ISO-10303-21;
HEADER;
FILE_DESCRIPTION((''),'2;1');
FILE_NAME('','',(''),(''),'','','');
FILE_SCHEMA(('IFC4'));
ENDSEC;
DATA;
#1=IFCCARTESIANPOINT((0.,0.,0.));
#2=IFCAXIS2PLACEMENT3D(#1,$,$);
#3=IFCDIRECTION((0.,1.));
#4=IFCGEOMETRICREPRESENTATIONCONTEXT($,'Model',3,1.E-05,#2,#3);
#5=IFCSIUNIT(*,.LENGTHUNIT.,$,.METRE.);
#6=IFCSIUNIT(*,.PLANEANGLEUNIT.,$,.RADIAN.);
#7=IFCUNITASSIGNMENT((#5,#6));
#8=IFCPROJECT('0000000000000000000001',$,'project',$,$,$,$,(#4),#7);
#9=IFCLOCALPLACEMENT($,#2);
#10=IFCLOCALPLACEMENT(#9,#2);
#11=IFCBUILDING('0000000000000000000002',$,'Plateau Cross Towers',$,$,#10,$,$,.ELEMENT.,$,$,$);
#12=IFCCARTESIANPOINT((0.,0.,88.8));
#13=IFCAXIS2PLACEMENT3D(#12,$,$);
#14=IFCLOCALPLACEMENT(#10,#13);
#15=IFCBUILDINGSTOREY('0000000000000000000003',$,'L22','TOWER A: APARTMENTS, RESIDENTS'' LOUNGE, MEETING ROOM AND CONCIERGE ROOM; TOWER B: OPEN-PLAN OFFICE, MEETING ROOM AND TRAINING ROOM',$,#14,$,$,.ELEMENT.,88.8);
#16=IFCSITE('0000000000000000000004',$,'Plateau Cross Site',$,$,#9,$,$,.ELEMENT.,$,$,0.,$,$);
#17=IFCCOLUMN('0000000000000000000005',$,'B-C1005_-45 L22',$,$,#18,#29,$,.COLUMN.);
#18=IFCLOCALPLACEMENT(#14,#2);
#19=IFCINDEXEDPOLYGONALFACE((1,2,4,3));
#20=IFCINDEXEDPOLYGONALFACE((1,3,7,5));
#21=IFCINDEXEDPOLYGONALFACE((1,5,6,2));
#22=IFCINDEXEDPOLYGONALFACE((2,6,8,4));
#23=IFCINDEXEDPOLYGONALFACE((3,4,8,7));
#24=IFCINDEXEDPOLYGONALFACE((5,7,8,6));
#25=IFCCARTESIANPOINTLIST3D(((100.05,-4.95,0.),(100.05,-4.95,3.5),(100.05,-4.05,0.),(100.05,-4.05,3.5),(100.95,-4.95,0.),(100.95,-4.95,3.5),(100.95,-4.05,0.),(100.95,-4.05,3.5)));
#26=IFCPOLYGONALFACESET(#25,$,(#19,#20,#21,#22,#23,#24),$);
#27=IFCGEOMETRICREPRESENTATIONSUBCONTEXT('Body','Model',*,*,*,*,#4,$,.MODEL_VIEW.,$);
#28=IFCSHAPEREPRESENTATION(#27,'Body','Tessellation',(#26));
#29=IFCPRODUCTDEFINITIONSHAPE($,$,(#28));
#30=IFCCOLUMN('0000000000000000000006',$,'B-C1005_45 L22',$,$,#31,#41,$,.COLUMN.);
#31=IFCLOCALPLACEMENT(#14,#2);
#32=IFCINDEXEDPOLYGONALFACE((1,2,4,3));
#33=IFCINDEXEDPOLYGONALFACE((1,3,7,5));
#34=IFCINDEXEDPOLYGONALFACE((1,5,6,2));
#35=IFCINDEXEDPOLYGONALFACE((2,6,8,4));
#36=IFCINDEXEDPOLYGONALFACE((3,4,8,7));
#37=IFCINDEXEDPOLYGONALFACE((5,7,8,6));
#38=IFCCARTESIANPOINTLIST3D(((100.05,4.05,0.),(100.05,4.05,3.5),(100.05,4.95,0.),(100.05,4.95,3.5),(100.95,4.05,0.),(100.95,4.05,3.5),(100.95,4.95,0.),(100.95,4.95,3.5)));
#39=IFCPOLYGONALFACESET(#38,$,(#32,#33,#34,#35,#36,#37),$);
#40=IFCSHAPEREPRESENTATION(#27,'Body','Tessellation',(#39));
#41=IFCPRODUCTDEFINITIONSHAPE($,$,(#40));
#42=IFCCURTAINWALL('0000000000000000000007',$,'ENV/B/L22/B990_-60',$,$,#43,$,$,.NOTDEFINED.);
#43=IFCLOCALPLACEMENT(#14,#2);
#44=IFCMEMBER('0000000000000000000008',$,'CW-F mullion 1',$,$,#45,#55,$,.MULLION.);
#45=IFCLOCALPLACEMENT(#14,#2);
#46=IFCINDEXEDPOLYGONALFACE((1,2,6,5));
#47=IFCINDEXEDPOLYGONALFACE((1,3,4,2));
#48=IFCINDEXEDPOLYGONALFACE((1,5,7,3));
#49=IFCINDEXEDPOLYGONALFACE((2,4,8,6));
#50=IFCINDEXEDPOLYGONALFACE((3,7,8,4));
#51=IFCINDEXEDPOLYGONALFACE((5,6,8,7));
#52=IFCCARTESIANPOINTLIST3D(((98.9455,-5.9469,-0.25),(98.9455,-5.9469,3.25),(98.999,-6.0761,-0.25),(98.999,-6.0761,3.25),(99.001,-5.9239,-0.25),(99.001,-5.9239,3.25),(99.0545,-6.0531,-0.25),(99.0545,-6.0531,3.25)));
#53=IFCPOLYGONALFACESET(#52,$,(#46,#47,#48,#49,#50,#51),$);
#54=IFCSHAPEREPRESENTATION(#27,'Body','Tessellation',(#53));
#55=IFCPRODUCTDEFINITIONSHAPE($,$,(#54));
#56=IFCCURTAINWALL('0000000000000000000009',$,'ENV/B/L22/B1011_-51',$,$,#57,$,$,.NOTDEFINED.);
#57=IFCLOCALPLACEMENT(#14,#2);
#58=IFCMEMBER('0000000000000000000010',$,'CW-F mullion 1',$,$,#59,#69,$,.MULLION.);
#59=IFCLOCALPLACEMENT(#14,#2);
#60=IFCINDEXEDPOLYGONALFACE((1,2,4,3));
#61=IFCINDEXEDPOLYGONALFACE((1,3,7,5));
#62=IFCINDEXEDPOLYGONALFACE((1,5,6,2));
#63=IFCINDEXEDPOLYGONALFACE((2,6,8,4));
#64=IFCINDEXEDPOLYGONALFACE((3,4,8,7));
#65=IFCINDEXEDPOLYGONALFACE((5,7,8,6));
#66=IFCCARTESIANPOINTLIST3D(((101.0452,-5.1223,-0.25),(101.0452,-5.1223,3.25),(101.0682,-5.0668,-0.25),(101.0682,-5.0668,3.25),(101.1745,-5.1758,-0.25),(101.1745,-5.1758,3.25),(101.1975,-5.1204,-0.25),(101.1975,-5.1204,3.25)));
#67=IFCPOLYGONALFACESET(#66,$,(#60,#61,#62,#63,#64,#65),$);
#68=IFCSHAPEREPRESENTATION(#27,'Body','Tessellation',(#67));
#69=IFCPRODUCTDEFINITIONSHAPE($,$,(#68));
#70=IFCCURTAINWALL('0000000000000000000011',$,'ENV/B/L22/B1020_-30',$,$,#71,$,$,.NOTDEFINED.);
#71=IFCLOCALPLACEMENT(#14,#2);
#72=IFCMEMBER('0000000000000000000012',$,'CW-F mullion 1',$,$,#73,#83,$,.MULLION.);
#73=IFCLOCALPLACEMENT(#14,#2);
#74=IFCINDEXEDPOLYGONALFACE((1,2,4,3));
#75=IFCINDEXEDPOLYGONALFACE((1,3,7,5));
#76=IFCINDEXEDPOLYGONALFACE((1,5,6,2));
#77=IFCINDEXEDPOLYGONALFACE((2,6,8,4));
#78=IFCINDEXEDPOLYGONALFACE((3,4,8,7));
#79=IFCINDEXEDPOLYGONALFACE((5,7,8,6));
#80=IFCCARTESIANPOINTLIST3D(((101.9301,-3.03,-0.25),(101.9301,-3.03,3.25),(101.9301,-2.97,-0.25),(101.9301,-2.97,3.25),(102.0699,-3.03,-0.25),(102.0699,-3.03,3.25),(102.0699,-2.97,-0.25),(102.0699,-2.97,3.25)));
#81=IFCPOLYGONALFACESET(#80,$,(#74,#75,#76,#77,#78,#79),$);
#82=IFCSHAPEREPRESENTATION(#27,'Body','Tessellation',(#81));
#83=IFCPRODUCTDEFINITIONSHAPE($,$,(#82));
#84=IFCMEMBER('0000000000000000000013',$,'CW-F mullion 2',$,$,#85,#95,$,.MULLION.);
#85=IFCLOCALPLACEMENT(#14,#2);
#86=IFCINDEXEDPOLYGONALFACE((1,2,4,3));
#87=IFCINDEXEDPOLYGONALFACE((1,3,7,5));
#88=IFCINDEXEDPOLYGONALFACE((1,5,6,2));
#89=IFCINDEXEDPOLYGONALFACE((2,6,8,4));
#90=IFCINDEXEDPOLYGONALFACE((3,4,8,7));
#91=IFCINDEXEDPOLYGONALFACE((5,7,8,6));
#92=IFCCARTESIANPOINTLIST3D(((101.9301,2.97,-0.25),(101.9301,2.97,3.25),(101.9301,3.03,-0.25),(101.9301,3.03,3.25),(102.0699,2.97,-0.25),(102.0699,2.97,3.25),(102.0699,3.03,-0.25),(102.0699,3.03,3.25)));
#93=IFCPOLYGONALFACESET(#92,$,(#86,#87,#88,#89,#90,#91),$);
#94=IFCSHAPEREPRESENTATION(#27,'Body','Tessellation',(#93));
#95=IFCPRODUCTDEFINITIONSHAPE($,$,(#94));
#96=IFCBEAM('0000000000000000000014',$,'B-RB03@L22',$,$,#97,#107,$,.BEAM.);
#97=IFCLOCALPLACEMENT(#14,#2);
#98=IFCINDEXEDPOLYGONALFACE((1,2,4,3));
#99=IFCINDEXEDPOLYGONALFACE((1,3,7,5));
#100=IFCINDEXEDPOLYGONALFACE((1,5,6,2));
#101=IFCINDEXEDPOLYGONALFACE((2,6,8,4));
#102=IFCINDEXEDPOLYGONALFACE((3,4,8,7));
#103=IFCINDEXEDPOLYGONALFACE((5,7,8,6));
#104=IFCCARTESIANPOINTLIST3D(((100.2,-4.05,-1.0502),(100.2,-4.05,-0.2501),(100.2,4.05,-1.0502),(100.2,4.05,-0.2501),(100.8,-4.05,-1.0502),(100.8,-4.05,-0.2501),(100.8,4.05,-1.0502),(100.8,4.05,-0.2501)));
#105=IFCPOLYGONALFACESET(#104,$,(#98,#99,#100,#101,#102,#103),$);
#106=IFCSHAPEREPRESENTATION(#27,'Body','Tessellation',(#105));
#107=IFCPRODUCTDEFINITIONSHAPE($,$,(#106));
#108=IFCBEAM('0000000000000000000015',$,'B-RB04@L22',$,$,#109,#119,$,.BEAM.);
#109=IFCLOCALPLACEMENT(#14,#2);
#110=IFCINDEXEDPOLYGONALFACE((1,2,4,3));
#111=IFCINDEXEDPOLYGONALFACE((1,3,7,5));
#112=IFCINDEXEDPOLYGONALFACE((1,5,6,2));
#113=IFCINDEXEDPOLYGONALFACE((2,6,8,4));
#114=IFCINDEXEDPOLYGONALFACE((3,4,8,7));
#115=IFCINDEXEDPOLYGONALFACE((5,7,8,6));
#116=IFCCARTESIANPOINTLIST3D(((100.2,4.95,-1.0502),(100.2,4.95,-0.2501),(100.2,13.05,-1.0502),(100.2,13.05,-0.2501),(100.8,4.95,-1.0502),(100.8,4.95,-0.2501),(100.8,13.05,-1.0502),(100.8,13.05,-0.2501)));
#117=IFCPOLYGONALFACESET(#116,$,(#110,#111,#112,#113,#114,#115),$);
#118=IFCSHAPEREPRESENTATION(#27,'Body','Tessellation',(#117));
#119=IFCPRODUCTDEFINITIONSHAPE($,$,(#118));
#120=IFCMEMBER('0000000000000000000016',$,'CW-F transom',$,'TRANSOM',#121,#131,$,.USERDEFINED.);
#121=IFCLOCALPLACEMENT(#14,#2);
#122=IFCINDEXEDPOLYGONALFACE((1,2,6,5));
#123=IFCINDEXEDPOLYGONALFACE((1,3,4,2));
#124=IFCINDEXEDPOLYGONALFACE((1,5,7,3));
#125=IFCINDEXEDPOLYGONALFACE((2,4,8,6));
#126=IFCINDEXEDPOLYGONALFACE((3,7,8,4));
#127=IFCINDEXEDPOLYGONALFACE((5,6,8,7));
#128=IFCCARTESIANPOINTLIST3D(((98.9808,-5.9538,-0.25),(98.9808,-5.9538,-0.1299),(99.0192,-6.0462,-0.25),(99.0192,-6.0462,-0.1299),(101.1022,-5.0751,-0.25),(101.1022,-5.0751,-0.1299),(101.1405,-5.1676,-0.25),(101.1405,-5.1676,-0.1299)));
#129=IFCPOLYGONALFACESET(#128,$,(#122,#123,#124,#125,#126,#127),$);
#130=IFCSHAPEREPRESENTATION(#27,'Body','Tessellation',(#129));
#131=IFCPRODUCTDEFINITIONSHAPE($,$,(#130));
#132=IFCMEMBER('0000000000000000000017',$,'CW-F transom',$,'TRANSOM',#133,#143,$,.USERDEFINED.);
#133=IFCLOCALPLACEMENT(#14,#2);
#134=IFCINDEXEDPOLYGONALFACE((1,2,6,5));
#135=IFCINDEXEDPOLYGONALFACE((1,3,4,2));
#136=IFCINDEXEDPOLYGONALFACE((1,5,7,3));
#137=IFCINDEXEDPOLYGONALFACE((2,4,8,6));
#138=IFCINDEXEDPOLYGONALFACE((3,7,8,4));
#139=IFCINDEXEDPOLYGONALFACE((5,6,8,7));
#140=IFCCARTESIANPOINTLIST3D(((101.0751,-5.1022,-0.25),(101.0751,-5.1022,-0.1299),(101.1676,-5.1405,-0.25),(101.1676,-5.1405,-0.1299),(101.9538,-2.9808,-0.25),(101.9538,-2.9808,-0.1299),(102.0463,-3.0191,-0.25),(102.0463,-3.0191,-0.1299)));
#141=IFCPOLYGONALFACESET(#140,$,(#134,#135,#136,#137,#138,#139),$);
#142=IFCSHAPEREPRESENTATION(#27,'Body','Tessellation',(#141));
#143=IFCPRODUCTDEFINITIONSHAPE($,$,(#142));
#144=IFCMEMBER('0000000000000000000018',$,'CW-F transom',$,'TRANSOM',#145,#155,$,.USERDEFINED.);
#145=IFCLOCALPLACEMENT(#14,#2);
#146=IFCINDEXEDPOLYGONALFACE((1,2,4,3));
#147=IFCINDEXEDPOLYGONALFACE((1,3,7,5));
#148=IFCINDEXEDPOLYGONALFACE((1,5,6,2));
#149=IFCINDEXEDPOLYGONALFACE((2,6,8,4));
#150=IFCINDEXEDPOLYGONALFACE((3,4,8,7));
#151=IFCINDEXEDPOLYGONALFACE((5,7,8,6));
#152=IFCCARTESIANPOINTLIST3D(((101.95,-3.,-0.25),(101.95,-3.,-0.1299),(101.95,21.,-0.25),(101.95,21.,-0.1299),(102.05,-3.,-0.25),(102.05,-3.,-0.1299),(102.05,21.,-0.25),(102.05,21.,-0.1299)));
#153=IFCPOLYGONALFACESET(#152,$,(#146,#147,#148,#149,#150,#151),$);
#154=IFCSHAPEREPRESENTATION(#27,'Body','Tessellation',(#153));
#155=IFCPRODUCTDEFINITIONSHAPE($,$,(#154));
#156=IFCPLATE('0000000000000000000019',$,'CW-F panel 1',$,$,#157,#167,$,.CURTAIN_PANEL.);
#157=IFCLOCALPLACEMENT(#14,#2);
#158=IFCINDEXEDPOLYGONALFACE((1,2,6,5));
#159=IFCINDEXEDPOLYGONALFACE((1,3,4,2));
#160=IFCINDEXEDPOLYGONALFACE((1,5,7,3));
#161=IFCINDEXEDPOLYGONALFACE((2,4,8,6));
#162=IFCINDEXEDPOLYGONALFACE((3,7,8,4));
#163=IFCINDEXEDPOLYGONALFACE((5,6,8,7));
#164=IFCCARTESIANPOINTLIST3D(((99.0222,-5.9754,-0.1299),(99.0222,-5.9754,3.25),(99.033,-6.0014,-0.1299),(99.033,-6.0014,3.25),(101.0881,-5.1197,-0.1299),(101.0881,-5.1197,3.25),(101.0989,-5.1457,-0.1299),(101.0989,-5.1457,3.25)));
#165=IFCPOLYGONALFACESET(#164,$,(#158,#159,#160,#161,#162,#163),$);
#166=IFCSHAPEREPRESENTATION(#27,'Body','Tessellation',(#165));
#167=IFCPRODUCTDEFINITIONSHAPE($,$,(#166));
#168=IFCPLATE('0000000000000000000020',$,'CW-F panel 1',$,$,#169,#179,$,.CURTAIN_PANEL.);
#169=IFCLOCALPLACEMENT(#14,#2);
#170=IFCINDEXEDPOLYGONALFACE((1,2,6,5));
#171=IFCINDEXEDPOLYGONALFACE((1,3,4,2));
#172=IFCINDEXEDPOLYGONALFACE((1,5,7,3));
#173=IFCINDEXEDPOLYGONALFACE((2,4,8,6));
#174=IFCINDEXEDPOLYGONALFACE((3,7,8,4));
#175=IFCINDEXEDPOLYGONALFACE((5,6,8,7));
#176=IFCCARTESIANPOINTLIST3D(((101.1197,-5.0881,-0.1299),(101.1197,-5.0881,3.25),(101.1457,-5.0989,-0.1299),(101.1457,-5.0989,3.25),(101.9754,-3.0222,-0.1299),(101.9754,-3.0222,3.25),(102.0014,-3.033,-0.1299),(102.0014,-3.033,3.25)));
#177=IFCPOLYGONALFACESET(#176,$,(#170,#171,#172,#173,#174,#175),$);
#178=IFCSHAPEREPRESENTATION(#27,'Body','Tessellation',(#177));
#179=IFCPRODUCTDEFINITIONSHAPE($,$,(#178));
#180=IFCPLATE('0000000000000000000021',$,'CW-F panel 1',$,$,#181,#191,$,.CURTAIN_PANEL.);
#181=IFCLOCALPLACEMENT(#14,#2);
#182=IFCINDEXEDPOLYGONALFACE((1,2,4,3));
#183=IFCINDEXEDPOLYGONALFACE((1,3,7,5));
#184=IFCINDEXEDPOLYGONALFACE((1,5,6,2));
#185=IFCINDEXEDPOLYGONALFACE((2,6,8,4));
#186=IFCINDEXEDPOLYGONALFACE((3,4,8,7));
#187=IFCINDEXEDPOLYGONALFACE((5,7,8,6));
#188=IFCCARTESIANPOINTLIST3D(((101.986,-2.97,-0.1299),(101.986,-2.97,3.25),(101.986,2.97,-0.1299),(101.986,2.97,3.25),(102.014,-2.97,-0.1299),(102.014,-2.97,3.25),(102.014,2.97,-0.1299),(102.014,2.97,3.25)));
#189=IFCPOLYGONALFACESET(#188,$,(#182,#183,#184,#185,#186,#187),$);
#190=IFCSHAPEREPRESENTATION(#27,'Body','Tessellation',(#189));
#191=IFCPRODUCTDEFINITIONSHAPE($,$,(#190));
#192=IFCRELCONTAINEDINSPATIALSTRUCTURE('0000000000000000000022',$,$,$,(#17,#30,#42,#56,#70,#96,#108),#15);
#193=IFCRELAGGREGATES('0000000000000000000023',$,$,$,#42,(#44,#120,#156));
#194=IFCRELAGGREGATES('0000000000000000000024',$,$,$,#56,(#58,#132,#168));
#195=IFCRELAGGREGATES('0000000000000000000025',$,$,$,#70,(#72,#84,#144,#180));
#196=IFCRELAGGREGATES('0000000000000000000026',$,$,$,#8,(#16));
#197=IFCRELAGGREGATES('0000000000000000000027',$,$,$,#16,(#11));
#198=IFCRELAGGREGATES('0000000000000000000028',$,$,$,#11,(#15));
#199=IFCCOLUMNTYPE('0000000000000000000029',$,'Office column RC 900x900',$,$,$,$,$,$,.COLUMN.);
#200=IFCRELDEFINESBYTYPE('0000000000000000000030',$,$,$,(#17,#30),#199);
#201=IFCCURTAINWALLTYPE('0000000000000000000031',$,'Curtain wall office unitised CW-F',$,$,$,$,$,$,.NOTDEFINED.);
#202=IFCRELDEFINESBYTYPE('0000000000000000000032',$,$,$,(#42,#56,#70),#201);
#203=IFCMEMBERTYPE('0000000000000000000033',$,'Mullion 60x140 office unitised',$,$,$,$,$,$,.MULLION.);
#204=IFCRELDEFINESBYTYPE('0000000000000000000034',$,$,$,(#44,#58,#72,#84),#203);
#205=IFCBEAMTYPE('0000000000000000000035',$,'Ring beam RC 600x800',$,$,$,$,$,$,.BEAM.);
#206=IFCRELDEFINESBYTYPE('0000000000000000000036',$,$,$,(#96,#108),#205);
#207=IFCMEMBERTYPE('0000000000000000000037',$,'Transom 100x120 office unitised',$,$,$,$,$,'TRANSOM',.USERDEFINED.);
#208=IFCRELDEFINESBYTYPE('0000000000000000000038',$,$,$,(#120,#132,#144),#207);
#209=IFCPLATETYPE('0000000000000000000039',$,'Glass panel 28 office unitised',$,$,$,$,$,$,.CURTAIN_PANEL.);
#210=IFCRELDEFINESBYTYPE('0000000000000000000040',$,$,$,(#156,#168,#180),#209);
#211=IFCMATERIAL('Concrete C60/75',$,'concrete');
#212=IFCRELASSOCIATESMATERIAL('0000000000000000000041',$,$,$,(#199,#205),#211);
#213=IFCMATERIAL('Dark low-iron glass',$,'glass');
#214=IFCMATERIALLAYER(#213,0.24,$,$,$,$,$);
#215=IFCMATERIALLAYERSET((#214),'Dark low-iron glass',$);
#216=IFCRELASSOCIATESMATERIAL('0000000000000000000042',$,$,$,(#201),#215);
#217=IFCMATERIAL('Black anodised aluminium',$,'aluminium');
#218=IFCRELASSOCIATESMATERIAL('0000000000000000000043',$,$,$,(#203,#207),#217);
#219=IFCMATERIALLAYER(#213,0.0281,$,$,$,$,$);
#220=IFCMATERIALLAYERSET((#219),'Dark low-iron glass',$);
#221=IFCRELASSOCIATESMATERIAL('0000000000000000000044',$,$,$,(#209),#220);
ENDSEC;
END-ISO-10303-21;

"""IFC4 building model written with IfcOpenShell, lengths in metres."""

from ifc_helpers import new_model, si_unit, direction, frame, origin, origin_2d, place, context, subcontext, project, spatial, rectangle, extrude, material, layer, layer_set, material_profile, profile_set, type_object, element, aggregate, save


model = new_model("IFC4")

# Units and contexts
model_context = context("Model", 3, precision=1e-05, world=origin(), true_north=direction((0.0, 1.0)))
body_context = subcontext(model_context, "Body", "Model", "MODEL_VIEW")
ifc_project = project(units=[si_unit("LENGTHUNIT", "METRE"), si_unit("PLANEANGLEUNIT", "RADIAN")], contexts=[model_context])

# Site, building, storey
site_placement = place(None, origin())
site = spatial("IfcSite", under=ifc_project, at=site_placement, Name="Plateau Cross Site", CompositionType="ELEMENT", RefElevation=0.0)
building_placement = place(site_placement, origin())
building = spatial("IfcBuilding", under=site, at=building_placement, Name="Plateau Cross Towers", CompositionType="ELEMENT")
storey_placement = place(building_placement, frame((0.0, 0.0, 88.8)))
storey = spatial("IfcBuildingStorey", under=building, at=storey_placement, Name="L22", Description="TOWER A: APARTMENTS, RESIDENTS' LOUNGE, MEETING ROOM AND CONCIERGE ROOM; TOWER B: OPEN-PLAN OFFICE, MEETING ROOM AND TRAINING ROOM", CompositionType="ELEMENT", Elevation=88.8)

# Columns
ifc_material_1 = material(Name="Concrete C60/75", Category="concrete")
ifc_material_profile_1 = material_profile(ifc_material_1, rectangle(XDim=0.8999, YDim=0.8999, at=origin_2d()), Name="RC 900x900")
ifc_profile_set_1 = profile_set([ifc_material_profile_1], Name="Concrete C60/75")
column_type = type_object("IfcColumnType", Name="Office column RC 900x900", PredefinedType="COLUMN", material=ifc_profile_set_1)
for number, where, z_axis, x_axis, name in (
    (1, (100.5, -4.5, 0.0), (0.0, 0.0, 1.0), (1.0, 0.0, 0.0), "B-C1005_-45 L22"),
    (2, (100.5, 4.5, 0.0), (0.0, 0.0, 1.0), (1.0, 0.0, 0.0), "B-C1005_45 L22"),
):
    element("IfcColumn", number, at=place(storey_placement, frame(where, z_axis=z_axis, x_axis=x_axis)), inside=storey, type_object=column_type, Name=name, PredefinedType="COLUMN", context=body_context, shape_type="SweptSolid", body=[
        extrude(rectangle(XDim=0.8999, YDim=0.8999, at=origin_2d()), origin(), (0.0, 0.0, 1.0), 3.5),
    ])

# Curtain walls, members
ifc_material_2 = material(Name="Dark low-iron glass", Category="glass")
ifc_layer_1 = layer(ifc_material_2, 0.24)
ifc_layer_set_1 = layer_set([ifc_layer_1], Name="Dark low-iron glass")
curtain_wall_type = type_object("IfcCurtainWallType", Name="Curtain wall office unitised CW-F", PredefinedType="NOTDEFINED", material=ifc_layer_set_1)
curtain_wall_1_placement = place(storey_placement, origin())
curtain_wall_1 = element("IfcCurtainWall", 3, at=curtain_wall_1_placement, inside=storey, type_object=curtain_wall_type, Name="ENV/B/L22/B990_-60", PredefinedType="NOTDEFINED")
ifc_material_3 = material(Name="Black anodised aluminium", Category="aluminium")
ifc_material_profile_2 = material_profile(ifc_material_3, rectangle(XDim=0.0601, YDim=0.1399, at=origin_2d()), Name="MULLION 60x140")
ifc_profile_set_2 = profile_set([ifc_material_profile_2], Name="Black anodised aluminium")
member_type_1 = type_object("IfcMemberType", Name="Mullion 60x140 office unitised", PredefinedType="MULLION", material=ifc_profile_set_2)
member_1_placement = place(storey_placement, frame((99.0, -6.0, -0.25), z_axis=(0.0, 0.0, 1.0), x_axis=(0.923879, 0.382684, 0.0)))
member_1 = element("IfcMember", 4, at=member_1_placement, type_object=member_type_1, Name="CW-F mullion 1", PredefinedType="MULLION", context=body_context, shape_type="SweptSolid", body=[
    extrude(rectangle(XDim=0.0601, YDim=0.1399, at=origin_2d()), origin(), (0.0, 0.0, 1.0), 3.5),
])
curtain_wall_2_placement = place(storey_placement, origin())
curtain_wall_2 = element("IfcCurtainWall", 5, at=curtain_wall_2_placement, inside=storey, type_object=curtain_wall_type, Name="ENV/B/L22/B1011_-51", PredefinedType="NOTDEFINED")
member_2_placement = place(storey_placement, frame((101.1213, -5.1213, -0.25), z_axis=(0.0, 0.0, 1.0), x_axis=(0.382684, 0.923879, 0.0)))
member_2 = element("IfcMember", 6, at=member_2_placement, type_object=member_type_1, Name="CW-F mullion 1", PredefinedType="MULLION", context=body_context, shape_type="SweptSolid", body=[
    extrude(rectangle(XDim=0.0601, YDim=0.1399, at=origin_2d()), origin(), (0.0, 0.0, 1.0), 3.5),
])

# Curtain wall, members
curtain_wall_3_placement = place(storey_placement, origin())
curtain_wall_3 = element("IfcCurtainWall", 7, at=curtain_wall_3_placement, inside=storey, type_object=curtain_wall_type, Name="ENV/B/L22/B1020_-30", PredefinedType="NOTDEFINED")
member_3_placement = place(storey_placement, frame((102.0, -3.0, -0.25), z_axis=(0.0, 0.0, 1.0), x_axis=(0.0, 1.0, 0.0)))
member_3 = element("IfcMember", 8, at=member_3_placement, type_object=member_type_1, Name="CW-F mullion 1", PredefinedType="MULLION", context=body_context, shape_type="SweptSolid", body=[
    extrude(rectangle(XDim=0.0601, YDim=0.1399, at=origin_2d()), origin(), (0.0, 0.0, 1.0), 3.5),
])
member_4_placement = place(storey_placement, frame((102.0, 3.0, -0.25), z_axis=(0.0, 0.0, 1.0), x_axis=(0.0, 1.0, 0.0)))
member_4 = element("IfcMember", 9, at=member_4_placement, type_object=member_type_1, Name="CW-F mullion 2", PredefinedType="MULLION", context=body_context, shape_type="SweptSolid", body=[
    extrude(rectangle(XDim=0.0601, YDim=0.1399, at=origin_2d()), origin(), (0.0, 0.0, 1.0), 3.5),
])

# Beams
ifc_material_profile_3 = material_profile(ifc_material_1, rectangle(XDim=0.6001, YDim=0.8, at=origin_2d()), Name="RC 600x800")
ifc_profile_set_3 = profile_set([ifc_material_profile_3], Name="Concrete C60/75")
beam_type = type_object("IfcBeamType", Name="Ring beam RC 600x800", PredefinedType="BEAM", material=ifc_profile_set_3)
for number, where, z_axis, x_axis, name in (
    (10, (100.5, -4.05, -0.6501), (0.0, 1.0, 0.0), (-1.0, 0.0, 0.0), "B-RB03@L22"),
    (11, (100.5, 4.95, -0.6501), (0.0, 1.0, 0.0), (-1.0, 0.0, 0.0), "B-RB04@L22"),
):
    element("IfcBeam", number, at=place(storey_placement, frame(where, z_axis=z_axis, x_axis=x_axis)), inside=storey, type_object=beam_type, Name=name, PredefinedType="BEAM", context=body_context, shape_type="SweptSolid", body=[
        extrude(rectangle(XDim=0.6001, YDim=0.8, at=origin_2d()), origin(), (0.0, 0.0, 1.0), 8.1001),
    ])

# Members
ifc_material_profile_4 = material_profile(ifc_material_3, rectangle(XDim=0.1001, YDim=0.1201, at=origin_2d()), Name="TRANSOM 100x120")
ifc_profile_set_4 = profile_set([ifc_material_profile_4], Name="Black anodised aluminium")
member_type_2 = type_object("IfcMemberType", Name="Transom 100x120 office unitised", ElementType="TRANSOM", PredefinedType="USERDEFINED", material=ifc_profile_set_4)
member_5_placement = place(storey_placement, frame((99.0, -6.0, -0.1899), z_axis=(0.923883, 0.382674, 0.0), x_axis=(-0.382674, 0.923883, 0.0)))
member_5 = element("IfcMember", 12, at=member_5_placement, type_object=member_type_2, Name="CW-F transom", ObjectType="TRANSOM", PredefinedType="USERDEFINED", context=body_context, shape_type="SweptSolid", body=[
    extrude(rectangle(XDim=0.1001, YDim=0.1201, at=origin_2d()), origin(), (0.0, 0.0, 1.0), 2.2961),
])
member_6_placement = place(storey_placement, frame((101.1213, -5.1213, -0.1899), z_axis=(0.382674, 0.923883, 0.0), x_axis=(-0.923883, 0.382674, 0.0)))
member_6 = element("IfcMember", 13, at=member_6_placement, type_object=member_type_2, Name="CW-F transom", ObjectType="TRANSOM", PredefinedType="USERDEFINED", context=body_context, shape_type="SweptSolid", body=[
    extrude(rectangle(XDim=0.1001, YDim=0.1201, at=origin_2d()), origin(), (0.0, 0.0, 1.0), 2.2961),
])
member_7_placement = place(storey_placement, frame((102.0, -3.0, -0.1899), z_axis=(0.0, 1.0, 0.0), x_axis=(-1.0, 0.0, 0.0)))
member_7 = element("IfcMember", 14, at=member_7_placement, type_object=member_type_2, Name="CW-F transom", ObjectType="TRANSOM", PredefinedType="USERDEFINED", context=body_context, shape_type="SweptSolid", body=[
    extrude(rectangle(XDim=0.1001, YDim=0.1201, at=origin_2d()), origin(), (0.0, 0.0, 1.0), 24.0),
])

# Plates
ifc_layer_2 = layer(ifc_material_2, 0.0281)
ifc_layer_set_2 = layer_set([ifc_layer_2], Name="Dark low-iron glass")
plate_type = type_object("IfcPlateType", Name="Glass panel 28 office unitised", PredefinedType="CURTAIN_PANEL", material=ifc_layer_set_2)
plate_1_placement = place(storey_placement, frame((100.0605, -5.5605, -0.1299), z_axis=(0.0, 0.0, 1.0), x_axis=(0.923879, 0.382684, 0.0)))
plate_1 = element("IfcPlate", 15, at=plate_1_placement, type_object=plate_type, Name="CW-F panel 1", PredefinedType="CURTAIN_PANEL", context=body_context, shape_type="SweptSolid", body=[
    extrude(rectangle(XDim=2.2361, YDim=0.0281, at=origin_2d()), origin(), (0.0, 0.0, 1.0), 3.3799),
])
aggregate(curtain_wall_1, [member_1, member_5, plate_1])
plate_2_placement = place(storey_placement, frame((101.5605, -4.0605, -0.1299), z_axis=(0.0, 0.0, 1.0), x_axis=(0.382684, 0.923879, 0.0)))
plate_2 = element("IfcPlate", 16, at=plate_2_placement, type_object=plate_type, Name="CW-F panel 1", PredefinedType="CURTAIN_PANEL", context=body_context, shape_type="SweptSolid", body=[
    extrude(rectangle(XDim=2.2361, YDim=0.0281, at=origin_2d()), origin(), (0.0, 0.0, 1.0), 3.3799),
])
aggregate(curtain_wall_2, [member_2, member_6, plate_2])
plate_3_placement = place(storey_placement, frame((102.0, 0.0, -0.1299), z_axis=(0.0, 0.0, 1.0), x_axis=(0.0, 1.0, 0.0)))
plate_3 = element("IfcPlate", 17, at=plate_3_placement, type_object=plate_type, Name="CW-F panel 1", PredefinedType="CURTAIN_PANEL", context=body_context, shape_type="SweptSolid", body=[
    extrude(rectangle(XDim=5.9399, YDim=0.0281, at=origin_2d()), origin(), (0.0, 0.0, 1.0), 3.3799),
])
aggregate(curtain_wall_3, [member_3, member_4, member_7, plate_3])

save(model, "model.ifc")
